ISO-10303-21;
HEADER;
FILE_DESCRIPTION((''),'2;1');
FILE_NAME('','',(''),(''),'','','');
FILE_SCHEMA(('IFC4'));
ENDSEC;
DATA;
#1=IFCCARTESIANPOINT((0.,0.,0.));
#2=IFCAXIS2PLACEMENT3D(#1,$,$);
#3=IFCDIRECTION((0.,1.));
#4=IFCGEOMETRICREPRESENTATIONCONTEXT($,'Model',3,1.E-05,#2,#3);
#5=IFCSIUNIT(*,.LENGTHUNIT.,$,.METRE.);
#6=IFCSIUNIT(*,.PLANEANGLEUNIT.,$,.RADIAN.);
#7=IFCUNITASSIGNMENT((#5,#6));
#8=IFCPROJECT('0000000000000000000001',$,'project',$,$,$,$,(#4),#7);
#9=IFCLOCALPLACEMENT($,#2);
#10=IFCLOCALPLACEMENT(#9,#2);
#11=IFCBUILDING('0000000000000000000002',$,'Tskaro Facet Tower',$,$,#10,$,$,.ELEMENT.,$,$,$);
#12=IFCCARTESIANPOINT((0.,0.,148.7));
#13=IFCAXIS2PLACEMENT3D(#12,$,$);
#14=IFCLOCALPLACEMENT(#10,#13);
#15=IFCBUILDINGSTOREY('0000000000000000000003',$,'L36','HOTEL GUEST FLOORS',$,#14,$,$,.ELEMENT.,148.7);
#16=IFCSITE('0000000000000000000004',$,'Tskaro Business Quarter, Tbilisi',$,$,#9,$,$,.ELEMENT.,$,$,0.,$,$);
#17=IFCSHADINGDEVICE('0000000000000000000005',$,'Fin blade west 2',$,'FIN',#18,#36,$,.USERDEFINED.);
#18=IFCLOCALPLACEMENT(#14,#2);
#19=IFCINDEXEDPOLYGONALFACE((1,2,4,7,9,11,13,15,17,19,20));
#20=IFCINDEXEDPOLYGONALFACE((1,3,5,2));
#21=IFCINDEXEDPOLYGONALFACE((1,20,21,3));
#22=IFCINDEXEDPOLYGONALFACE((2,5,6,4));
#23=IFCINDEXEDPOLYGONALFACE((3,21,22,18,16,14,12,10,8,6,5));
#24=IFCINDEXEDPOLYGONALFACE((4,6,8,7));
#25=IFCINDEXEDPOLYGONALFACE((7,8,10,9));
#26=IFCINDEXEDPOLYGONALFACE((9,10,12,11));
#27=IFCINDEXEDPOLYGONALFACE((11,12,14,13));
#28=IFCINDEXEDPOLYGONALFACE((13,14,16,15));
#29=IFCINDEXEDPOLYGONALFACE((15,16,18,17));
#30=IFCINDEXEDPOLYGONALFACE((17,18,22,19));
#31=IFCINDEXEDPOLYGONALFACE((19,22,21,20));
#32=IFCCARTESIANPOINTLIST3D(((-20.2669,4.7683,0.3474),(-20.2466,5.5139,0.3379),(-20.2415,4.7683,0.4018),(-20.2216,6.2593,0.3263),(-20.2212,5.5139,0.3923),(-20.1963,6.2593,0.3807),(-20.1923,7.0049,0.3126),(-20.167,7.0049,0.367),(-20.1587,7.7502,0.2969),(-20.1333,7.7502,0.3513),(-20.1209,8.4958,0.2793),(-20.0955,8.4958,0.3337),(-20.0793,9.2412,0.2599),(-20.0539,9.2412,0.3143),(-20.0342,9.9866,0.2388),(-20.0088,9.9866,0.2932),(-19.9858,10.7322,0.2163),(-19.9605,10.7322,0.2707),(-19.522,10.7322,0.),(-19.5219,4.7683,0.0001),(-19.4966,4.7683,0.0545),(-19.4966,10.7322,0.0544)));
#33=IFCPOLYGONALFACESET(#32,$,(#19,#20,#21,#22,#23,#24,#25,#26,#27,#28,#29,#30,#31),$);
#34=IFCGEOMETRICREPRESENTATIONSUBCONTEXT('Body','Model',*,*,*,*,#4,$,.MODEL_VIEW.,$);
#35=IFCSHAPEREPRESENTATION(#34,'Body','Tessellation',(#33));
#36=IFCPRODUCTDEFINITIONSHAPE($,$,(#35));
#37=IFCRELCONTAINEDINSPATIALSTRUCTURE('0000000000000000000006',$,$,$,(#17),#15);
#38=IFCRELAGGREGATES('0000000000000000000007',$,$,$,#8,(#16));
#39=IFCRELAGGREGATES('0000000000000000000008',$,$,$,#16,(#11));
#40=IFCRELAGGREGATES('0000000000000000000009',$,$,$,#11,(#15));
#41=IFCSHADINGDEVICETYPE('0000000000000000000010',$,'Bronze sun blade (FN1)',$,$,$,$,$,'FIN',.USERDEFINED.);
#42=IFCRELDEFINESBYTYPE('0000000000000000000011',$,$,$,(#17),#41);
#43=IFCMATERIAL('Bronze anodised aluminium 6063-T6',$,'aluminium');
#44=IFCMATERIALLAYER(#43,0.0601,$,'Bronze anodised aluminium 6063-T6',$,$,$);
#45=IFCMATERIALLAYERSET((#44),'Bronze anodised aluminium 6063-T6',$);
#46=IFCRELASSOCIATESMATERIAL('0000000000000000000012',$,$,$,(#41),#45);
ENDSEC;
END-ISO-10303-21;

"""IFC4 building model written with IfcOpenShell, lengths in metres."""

from ifc_helpers import new_model, si_unit, direction, frame, origin, place, context, subcontext, project, spatial, polyline, outline, extrude, material, layer, layer_set, type_object, element, save


model = new_model("IFC4")

# Units and contexts
model_context = context("Model", 3, precision=1e-05, world=origin(), true_north=direction((0.0, 1.0)))
body_context = subcontext(model_context, "Body", "Model", "MODEL_VIEW")
ifc_project = project(units=[si_unit("LENGTHUNIT", "METRE"), si_unit("PLANEANGLEUNIT", "RADIAN")], contexts=[model_context])

# Site, building, storey
site_placement = place(None, origin())
site = spatial("IfcSite", under=ifc_project, at=site_placement, Name="Tskaro Business Quarter, Tbilisi", CompositionType="ELEMENT", RefElevation=0.0)
building_placement = place(site_placement, origin())
building = spatial("IfcBuilding", under=site, at=building_placement, Name="Tskaro Facet Tower", CompositionType="ELEMENT")
storey_placement = place(building_placement, frame((0.0, 0.0, 148.7)))
storey = spatial("IfcBuildingStorey", under=building, at=storey_placement, Name="L36", Description="HOTEL GUEST FLOORS", CompositionType="ELEMENT", Elevation=148.7)

# Shared definitions
ifc_material_1 = material(Name="Bronze anodised aluminium 6063-T6", Category="aluminium")

# Shading device
ifc_layer_1 = layer(ifc_material_1, 0.0601, Name="Bronze anodised aluminium 6063-T6")
ifc_layer_set_1 = layer_set([ifc_layer_1], Name="Bronze anodised aluminium 6063-T6")
shading_device_type = type_object("IfcShadingDeviceType", Name="Bronze sun blade (FN1)", ElementType="FIN", PredefinedType="USERDEFINED", material=ifc_layer_set_1)
shading_device_1_placement = place(storey_placement, frame((-19.4966, 10.7322, 0.0544), z_axis=(0.422559, 0.00001, 0.906336), x_axis=(0.000004, -1.0, 0.000009)))
element("IfcShadingDevice", 1, at=shading_device_1_placement, inside=storey, type_object=shading_device_type, Name="Fin blade west 2", ObjectType="FIN", PredefinedType="USERDEFINED", context=body_context, shape_type="SweptSolid", body=[
    extrude(outline(polyline([(0.0, 0.0), (5.9639, 0.0), (5.9639, -0.8219), (5.2183, -0.7995), (4.4729, -0.772), (3.7273, -0.7397), (2.9819, -0.7025), (2.2363, -0.6608), (1.491, -0.6149), (0.7456, -0.5651), (0.0, -0.5118), (0.0, 0.0)])), origin(), (0.0, 0.0, -1.0), 0.0601),
])

save(model, "model.ifc")
